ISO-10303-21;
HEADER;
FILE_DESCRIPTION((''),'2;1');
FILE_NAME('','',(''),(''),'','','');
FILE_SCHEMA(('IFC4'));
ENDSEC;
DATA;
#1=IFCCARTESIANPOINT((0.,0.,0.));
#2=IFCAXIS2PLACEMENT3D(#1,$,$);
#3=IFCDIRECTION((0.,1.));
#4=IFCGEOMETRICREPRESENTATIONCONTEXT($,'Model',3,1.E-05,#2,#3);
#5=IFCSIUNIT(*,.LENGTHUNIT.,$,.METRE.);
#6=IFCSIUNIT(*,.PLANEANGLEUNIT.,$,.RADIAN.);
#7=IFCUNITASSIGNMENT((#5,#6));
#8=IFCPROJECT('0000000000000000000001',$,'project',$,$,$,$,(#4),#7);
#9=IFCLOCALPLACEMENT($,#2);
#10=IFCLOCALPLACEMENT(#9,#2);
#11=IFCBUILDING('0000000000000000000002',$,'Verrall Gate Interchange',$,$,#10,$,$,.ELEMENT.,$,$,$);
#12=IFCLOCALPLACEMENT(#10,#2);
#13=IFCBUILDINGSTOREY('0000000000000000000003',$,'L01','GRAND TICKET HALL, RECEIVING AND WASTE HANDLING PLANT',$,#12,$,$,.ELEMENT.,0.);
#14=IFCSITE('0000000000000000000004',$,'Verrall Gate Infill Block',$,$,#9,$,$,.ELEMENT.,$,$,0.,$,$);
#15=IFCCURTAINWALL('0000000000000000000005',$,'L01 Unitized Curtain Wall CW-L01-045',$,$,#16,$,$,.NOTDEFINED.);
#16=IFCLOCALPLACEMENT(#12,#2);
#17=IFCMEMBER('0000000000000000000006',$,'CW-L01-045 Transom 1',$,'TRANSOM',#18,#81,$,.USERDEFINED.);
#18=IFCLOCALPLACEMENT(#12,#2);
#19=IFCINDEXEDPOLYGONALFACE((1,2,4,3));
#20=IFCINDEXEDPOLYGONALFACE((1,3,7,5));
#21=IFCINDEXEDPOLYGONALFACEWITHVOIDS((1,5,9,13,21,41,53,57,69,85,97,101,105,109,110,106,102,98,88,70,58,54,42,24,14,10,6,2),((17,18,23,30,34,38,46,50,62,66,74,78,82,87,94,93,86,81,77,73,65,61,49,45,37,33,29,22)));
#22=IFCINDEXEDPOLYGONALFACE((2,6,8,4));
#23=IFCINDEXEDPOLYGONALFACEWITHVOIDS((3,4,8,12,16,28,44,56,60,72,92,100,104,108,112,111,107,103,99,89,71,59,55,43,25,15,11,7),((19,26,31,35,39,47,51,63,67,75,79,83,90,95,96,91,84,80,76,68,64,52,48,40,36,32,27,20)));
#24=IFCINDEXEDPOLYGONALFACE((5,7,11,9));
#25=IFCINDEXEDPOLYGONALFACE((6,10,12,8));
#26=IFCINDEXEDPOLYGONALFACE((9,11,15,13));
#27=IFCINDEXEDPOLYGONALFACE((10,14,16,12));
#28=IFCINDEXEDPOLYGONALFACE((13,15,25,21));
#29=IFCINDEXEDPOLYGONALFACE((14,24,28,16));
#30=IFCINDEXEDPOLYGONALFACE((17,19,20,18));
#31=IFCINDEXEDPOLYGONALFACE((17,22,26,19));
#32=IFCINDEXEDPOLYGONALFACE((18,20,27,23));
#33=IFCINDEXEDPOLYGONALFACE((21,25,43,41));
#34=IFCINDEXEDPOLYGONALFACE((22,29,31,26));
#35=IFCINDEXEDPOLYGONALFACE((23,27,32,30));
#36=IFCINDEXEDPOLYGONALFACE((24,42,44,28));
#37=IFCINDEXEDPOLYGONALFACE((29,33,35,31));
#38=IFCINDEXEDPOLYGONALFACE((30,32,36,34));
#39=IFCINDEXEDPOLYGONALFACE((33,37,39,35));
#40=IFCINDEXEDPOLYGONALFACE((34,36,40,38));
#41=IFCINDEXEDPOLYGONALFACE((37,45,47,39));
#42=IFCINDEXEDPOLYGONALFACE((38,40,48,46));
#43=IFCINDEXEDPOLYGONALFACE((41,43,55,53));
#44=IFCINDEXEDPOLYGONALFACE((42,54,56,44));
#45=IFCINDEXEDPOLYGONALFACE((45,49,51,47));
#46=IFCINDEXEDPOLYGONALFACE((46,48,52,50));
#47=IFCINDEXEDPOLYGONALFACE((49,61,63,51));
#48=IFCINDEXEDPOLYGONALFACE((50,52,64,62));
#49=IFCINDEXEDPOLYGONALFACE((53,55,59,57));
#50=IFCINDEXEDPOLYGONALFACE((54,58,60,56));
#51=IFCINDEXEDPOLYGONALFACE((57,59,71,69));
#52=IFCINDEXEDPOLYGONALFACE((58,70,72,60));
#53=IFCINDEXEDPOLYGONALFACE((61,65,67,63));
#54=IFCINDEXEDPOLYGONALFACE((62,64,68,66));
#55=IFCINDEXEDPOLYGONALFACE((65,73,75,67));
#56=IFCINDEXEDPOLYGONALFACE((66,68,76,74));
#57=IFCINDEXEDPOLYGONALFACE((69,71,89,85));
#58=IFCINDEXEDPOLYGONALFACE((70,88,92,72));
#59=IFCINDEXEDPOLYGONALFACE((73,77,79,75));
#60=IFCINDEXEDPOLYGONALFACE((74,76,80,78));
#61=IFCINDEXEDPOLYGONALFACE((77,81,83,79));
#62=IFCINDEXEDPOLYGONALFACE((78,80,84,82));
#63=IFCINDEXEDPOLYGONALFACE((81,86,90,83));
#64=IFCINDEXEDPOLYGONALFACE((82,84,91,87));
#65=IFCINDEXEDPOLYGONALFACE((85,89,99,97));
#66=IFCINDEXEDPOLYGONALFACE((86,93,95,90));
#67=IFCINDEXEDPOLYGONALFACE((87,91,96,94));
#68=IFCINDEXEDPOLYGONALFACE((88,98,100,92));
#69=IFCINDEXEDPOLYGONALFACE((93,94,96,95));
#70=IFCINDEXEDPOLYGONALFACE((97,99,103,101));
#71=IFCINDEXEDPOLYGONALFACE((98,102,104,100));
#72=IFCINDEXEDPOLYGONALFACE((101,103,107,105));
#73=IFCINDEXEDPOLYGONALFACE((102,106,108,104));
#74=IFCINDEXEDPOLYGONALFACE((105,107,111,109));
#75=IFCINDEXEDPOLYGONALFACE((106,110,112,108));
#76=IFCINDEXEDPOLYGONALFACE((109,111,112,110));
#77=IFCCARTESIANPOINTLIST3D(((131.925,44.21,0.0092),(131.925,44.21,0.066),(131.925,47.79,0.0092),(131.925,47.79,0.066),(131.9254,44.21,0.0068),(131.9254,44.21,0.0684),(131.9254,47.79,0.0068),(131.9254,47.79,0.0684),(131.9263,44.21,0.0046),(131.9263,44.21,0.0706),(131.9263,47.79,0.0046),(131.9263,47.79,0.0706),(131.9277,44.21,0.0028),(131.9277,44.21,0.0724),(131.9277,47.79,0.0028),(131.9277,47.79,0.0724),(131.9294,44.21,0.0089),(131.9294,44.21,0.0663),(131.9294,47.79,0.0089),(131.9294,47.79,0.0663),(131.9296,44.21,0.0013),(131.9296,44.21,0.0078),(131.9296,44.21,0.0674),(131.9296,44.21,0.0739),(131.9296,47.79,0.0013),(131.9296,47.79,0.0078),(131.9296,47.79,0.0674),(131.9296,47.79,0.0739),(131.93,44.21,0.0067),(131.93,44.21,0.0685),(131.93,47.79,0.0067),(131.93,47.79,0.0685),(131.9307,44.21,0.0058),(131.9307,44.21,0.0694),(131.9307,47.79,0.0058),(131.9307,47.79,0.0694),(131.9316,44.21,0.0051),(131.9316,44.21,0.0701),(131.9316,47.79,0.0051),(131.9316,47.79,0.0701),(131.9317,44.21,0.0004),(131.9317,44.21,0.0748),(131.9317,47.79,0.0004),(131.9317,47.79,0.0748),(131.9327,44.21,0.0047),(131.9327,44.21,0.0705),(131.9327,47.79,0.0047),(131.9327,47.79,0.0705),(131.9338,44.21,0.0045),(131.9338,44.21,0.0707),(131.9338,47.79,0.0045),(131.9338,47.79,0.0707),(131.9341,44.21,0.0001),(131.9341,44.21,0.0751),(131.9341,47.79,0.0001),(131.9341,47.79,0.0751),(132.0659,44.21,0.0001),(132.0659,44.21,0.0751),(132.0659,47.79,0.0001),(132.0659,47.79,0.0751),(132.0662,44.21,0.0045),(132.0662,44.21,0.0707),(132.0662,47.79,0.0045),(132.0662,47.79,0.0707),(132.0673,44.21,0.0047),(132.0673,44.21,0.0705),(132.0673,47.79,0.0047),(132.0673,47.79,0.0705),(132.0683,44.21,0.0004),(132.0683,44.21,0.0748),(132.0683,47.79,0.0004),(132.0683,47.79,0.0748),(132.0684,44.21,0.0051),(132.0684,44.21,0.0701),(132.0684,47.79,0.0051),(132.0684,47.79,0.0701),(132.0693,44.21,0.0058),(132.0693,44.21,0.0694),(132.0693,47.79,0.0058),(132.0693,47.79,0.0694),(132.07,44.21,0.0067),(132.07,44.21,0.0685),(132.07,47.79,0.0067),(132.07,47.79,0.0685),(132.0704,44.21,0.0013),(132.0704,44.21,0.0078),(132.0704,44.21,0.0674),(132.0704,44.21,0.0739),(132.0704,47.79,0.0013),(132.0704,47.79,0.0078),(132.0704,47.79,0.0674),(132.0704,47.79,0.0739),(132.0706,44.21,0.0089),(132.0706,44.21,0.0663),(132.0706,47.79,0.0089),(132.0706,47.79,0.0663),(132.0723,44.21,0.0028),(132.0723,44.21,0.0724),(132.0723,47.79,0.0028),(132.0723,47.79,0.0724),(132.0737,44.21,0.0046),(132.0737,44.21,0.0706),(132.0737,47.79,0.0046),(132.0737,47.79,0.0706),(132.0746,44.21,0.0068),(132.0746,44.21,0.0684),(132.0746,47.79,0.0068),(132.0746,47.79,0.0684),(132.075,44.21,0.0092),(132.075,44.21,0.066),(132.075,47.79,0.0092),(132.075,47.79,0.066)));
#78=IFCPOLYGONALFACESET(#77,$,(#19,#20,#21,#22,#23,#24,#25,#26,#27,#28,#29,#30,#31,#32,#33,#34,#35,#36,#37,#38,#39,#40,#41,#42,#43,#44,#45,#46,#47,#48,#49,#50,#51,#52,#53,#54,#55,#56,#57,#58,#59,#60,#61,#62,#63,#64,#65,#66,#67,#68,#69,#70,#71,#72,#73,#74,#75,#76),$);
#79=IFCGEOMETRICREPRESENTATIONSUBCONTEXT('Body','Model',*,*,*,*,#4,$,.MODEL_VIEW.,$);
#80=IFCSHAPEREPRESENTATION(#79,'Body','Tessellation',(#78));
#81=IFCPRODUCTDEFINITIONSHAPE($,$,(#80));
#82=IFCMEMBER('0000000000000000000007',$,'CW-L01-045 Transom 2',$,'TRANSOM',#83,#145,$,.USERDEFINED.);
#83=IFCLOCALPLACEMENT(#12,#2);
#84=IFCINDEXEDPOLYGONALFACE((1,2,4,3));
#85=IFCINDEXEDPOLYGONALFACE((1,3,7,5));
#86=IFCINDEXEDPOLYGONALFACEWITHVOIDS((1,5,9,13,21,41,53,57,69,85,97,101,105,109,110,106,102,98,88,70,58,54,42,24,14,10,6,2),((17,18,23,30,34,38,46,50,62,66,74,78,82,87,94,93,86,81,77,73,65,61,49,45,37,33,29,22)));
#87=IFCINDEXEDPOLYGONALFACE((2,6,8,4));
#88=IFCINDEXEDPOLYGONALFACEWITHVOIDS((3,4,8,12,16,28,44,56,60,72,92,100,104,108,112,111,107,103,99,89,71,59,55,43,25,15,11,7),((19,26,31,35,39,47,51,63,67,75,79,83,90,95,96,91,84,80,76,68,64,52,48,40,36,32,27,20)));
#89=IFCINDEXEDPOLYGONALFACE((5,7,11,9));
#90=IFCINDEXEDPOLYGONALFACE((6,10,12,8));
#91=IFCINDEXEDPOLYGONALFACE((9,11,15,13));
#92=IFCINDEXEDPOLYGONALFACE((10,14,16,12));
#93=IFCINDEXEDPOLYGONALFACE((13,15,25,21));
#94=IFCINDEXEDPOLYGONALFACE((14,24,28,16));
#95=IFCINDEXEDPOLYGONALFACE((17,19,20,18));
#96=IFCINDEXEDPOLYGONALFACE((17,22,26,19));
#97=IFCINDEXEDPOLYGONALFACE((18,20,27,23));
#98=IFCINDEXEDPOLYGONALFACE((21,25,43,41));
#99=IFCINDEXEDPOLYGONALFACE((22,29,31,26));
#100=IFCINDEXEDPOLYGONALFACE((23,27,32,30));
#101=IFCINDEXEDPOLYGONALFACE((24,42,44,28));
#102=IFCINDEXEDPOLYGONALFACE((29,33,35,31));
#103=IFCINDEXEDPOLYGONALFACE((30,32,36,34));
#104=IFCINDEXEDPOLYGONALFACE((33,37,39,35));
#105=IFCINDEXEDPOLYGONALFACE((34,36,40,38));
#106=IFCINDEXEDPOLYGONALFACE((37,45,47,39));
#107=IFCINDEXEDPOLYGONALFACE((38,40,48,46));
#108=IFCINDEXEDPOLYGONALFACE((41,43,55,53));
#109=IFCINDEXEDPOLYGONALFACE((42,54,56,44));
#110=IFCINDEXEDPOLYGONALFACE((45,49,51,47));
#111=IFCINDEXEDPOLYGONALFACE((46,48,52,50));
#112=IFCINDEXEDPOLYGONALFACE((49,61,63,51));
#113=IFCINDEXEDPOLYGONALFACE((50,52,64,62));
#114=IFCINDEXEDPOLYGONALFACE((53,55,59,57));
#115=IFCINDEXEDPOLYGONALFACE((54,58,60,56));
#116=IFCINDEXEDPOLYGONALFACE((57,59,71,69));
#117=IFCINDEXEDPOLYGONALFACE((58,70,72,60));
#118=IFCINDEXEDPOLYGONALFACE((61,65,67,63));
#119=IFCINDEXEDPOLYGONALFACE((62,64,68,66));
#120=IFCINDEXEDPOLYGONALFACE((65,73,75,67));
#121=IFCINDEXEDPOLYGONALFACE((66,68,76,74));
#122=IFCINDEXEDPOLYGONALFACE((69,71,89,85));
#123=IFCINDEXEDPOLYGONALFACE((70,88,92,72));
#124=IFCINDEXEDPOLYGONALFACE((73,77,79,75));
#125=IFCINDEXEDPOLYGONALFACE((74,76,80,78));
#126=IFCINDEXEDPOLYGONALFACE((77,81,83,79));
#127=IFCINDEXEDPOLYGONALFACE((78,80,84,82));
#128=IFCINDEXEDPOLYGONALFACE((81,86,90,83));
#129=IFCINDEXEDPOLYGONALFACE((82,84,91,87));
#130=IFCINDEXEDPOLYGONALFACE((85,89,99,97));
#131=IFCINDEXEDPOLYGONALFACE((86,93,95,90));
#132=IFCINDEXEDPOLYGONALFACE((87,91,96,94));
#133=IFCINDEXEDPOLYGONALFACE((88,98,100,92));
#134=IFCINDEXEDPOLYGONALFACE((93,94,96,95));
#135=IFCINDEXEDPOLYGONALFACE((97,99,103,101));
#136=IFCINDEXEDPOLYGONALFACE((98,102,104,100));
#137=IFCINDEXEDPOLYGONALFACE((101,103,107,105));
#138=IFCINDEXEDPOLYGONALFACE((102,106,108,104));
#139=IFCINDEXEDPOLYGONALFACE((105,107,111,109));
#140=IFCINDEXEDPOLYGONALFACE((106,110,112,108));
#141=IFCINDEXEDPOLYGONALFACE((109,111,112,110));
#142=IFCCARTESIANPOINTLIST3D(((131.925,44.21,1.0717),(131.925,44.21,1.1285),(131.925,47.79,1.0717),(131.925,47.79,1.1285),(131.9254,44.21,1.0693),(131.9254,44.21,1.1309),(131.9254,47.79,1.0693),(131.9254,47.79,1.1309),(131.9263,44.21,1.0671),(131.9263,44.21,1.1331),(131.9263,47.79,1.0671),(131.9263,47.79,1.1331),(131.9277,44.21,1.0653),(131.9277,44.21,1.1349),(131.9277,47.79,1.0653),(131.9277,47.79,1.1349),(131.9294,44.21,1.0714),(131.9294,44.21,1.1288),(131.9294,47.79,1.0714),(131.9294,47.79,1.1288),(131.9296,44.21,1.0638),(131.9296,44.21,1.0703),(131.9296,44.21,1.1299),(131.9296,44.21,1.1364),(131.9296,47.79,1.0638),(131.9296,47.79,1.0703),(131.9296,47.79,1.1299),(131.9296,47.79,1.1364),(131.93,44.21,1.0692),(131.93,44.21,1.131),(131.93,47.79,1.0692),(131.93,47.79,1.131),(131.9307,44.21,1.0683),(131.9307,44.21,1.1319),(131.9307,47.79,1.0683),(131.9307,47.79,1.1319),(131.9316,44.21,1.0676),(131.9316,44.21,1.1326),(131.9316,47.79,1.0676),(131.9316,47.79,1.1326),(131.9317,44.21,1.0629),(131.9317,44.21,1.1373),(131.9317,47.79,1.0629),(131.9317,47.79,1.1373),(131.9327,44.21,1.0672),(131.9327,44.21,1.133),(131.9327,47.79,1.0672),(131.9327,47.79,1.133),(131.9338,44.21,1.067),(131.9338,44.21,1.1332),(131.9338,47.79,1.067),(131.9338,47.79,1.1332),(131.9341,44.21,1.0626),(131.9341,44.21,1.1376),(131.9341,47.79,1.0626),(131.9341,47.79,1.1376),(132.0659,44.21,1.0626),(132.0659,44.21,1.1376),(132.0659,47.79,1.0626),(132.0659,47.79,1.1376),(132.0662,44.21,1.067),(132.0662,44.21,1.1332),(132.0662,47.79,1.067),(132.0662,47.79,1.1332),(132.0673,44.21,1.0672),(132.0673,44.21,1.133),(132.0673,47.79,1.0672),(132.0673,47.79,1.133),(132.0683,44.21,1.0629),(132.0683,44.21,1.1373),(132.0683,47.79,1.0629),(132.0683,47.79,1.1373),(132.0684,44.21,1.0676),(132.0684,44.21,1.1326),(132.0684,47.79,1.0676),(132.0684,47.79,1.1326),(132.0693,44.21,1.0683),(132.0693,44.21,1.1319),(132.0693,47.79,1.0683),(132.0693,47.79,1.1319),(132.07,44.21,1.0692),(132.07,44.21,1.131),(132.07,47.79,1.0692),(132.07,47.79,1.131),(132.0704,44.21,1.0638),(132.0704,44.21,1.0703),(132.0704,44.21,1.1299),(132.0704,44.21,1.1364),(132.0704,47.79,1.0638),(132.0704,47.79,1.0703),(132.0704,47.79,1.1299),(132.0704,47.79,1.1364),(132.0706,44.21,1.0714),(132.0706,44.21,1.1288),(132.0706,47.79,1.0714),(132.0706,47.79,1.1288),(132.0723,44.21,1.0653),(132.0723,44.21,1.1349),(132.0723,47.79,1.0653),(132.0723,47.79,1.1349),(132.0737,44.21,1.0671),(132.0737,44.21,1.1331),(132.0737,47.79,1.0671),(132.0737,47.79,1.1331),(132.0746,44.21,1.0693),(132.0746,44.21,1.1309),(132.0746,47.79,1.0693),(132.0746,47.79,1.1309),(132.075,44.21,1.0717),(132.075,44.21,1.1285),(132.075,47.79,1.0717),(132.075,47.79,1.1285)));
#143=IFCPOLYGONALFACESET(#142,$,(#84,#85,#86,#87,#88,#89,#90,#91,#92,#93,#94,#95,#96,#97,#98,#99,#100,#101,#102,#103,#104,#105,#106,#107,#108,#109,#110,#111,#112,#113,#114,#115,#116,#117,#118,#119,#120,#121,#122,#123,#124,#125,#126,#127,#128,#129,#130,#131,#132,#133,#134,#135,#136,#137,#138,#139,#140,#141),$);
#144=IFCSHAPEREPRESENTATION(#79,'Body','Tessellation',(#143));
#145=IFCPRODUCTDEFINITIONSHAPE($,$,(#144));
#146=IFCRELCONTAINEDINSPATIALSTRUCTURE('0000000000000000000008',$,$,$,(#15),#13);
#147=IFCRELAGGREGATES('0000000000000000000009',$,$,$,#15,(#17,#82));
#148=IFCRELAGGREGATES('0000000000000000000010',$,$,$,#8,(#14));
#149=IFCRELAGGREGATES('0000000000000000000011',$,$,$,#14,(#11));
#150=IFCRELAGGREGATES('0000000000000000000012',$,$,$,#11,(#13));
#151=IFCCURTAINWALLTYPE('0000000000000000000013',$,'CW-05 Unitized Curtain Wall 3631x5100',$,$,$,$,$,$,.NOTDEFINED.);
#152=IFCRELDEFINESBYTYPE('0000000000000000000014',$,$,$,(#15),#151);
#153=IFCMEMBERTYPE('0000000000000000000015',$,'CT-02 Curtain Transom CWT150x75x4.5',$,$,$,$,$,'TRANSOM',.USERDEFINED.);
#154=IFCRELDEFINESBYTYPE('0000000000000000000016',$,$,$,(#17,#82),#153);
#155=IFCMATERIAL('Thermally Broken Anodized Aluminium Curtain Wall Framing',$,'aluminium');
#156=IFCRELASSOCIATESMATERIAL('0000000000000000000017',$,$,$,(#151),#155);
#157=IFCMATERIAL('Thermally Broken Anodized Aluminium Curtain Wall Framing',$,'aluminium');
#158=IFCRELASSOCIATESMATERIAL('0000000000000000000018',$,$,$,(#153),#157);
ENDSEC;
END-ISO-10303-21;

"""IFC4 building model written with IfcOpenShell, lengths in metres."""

from ifc_helpers import new_model, si_unit, direction, frame, origin, origin_2d, place, context, subcontext, project, spatial, hollow_rectangle, extrude, material, material_profile, profile_set, type_object, element, aggregate, save


model = new_model("IFC4")

# Units and contexts
model_context = context("Model", 3, precision=1e-05, world=origin(), true_north=direction((0.0, 1.0)))
body_context = subcontext(model_context, "Body", "Model", "MODEL_VIEW")
ifc_project = project(units=[si_unit("LENGTHUNIT", "METRE"), si_unit("PLANEANGLEUNIT", "RADIAN")], contexts=[model_context])

# Site, building, storey
site_placement = place(None, origin())
site = spatial("IfcSite", under=ifc_project, at=site_placement, Name="Verrall Gate Infill Block", CompositionType="ELEMENT", RefElevation=0.0)
building_placement = place(site_placement, origin())
building = spatial("IfcBuilding", under=site, at=building_placement, Name="Verrall Gate Interchange", CompositionType="ELEMENT")
storey_placement = place(building_placement, origin())
storey = spatial("IfcBuildingStorey", under=building, at=storey_placement, Name="L01", Description="GRAND TICKET HALL, RECEIVING AND WASTE HANDLING PLANT", CompositionType="ELEMENT", Elevation=0.0)

# Curtain wall, members
ifc_material_1 = material(Name="Thermally Broken Anodized Aluminium Curtain Wall Framing", Category="aluminium")
curtain_wall_type = type_object("IfcCurtainWallType", Name="CW-05 Unitized Curtain Wall 3631x5100", PredefinedType="NOTDEFINED", material=ifc_material_1)
curtain_wall_placement = place(storey_placement, origin())
curtain_wall = element("IfcCurtainWall", 1, at=curtain_wall_placement, inside=storey, type_object=curtain_wall_type, Name="L01 Unitized Curtain Wall CW-L01-045", PredefinedType="NOTDEFINED")
ifc_material_2 = material(Name="Thermally Broken Anodized Aluminium Curtain Wall Framing", Category="aluminium")
ifc_material_profile_1 = material_profile(ifc_material_2, hollow_rectangle(XDim=0.1499, YDim=0.075, WallThickness=0.0044, InnerFilletRadius=0.0044, OuterFilletRadius=0.009, at=origin_2d()), Name="CWT150x75x4.5")
ifc_profile_set_1 = profile_set([ifc_material_profile_1], Name="Thermally Broken Anodized Aluminium Curtain Wall Framing")
member_type_1 = type_object("IfcMemberType", Name="CT-02 Curtain Transom CWT150x75x4.5", ElementType="TRANSOM", PredefinedType="USERDEFINED", material=ifc_profile_set_1)
member_1_placement = place(storey_placement, frame((132.0, 47.79, 0.0376), z_axis=(0.0, -1.0, 0.0), x_axis=(1.0, 0.0, 0.0)))
member_1 = element("IfcMember", 2, at=member_1_placement, type_object=member_type_1, Name="CW-L01-045 Transom 1", ObjectType="TRANSOM", PredefinedType="USERDEFINED", context=body_context, shape_type="SweptSolid", body=[
    extrude(hollow_rectangle(XDim=0.1499, YDim=0.075, WallThickness=0.0044, InnerFilletRadius=0.0044, OuterFilletRadius=0.009, at=origin_2d()), origin(), (0.0, 0.0, 1.0), 3.5801),
])
member_2_placement = place(storey_placement, frame((132.0, 47.79, 1.1001), z_axis=(0.0, -1.0, 0.0), x_axis=(1.0, 0.0, 0.0)))
member_2 = element("IfcMember", 3, at=member_2_placement, type_object=member_type_1, Name="CW-L01-045 Transom 2", ObjectType="TRANSOM", PredefinedType="USERDEFINED", context=body_context, shape_type="SweptSolid", body=[
    extrude(hollow_rectangle(XDim=0.1499, YDim=0.075, WallThickness=0.0044, InnerFilletRadius=0.0044, OuterFilletRadius=0.009, at=origin_2d()), origin(), (0.0, 0.0, 1.0), 3.5801),
])

aggregate(curtain_wall, [member_1, member_2])

save(model, "model.ifc")
